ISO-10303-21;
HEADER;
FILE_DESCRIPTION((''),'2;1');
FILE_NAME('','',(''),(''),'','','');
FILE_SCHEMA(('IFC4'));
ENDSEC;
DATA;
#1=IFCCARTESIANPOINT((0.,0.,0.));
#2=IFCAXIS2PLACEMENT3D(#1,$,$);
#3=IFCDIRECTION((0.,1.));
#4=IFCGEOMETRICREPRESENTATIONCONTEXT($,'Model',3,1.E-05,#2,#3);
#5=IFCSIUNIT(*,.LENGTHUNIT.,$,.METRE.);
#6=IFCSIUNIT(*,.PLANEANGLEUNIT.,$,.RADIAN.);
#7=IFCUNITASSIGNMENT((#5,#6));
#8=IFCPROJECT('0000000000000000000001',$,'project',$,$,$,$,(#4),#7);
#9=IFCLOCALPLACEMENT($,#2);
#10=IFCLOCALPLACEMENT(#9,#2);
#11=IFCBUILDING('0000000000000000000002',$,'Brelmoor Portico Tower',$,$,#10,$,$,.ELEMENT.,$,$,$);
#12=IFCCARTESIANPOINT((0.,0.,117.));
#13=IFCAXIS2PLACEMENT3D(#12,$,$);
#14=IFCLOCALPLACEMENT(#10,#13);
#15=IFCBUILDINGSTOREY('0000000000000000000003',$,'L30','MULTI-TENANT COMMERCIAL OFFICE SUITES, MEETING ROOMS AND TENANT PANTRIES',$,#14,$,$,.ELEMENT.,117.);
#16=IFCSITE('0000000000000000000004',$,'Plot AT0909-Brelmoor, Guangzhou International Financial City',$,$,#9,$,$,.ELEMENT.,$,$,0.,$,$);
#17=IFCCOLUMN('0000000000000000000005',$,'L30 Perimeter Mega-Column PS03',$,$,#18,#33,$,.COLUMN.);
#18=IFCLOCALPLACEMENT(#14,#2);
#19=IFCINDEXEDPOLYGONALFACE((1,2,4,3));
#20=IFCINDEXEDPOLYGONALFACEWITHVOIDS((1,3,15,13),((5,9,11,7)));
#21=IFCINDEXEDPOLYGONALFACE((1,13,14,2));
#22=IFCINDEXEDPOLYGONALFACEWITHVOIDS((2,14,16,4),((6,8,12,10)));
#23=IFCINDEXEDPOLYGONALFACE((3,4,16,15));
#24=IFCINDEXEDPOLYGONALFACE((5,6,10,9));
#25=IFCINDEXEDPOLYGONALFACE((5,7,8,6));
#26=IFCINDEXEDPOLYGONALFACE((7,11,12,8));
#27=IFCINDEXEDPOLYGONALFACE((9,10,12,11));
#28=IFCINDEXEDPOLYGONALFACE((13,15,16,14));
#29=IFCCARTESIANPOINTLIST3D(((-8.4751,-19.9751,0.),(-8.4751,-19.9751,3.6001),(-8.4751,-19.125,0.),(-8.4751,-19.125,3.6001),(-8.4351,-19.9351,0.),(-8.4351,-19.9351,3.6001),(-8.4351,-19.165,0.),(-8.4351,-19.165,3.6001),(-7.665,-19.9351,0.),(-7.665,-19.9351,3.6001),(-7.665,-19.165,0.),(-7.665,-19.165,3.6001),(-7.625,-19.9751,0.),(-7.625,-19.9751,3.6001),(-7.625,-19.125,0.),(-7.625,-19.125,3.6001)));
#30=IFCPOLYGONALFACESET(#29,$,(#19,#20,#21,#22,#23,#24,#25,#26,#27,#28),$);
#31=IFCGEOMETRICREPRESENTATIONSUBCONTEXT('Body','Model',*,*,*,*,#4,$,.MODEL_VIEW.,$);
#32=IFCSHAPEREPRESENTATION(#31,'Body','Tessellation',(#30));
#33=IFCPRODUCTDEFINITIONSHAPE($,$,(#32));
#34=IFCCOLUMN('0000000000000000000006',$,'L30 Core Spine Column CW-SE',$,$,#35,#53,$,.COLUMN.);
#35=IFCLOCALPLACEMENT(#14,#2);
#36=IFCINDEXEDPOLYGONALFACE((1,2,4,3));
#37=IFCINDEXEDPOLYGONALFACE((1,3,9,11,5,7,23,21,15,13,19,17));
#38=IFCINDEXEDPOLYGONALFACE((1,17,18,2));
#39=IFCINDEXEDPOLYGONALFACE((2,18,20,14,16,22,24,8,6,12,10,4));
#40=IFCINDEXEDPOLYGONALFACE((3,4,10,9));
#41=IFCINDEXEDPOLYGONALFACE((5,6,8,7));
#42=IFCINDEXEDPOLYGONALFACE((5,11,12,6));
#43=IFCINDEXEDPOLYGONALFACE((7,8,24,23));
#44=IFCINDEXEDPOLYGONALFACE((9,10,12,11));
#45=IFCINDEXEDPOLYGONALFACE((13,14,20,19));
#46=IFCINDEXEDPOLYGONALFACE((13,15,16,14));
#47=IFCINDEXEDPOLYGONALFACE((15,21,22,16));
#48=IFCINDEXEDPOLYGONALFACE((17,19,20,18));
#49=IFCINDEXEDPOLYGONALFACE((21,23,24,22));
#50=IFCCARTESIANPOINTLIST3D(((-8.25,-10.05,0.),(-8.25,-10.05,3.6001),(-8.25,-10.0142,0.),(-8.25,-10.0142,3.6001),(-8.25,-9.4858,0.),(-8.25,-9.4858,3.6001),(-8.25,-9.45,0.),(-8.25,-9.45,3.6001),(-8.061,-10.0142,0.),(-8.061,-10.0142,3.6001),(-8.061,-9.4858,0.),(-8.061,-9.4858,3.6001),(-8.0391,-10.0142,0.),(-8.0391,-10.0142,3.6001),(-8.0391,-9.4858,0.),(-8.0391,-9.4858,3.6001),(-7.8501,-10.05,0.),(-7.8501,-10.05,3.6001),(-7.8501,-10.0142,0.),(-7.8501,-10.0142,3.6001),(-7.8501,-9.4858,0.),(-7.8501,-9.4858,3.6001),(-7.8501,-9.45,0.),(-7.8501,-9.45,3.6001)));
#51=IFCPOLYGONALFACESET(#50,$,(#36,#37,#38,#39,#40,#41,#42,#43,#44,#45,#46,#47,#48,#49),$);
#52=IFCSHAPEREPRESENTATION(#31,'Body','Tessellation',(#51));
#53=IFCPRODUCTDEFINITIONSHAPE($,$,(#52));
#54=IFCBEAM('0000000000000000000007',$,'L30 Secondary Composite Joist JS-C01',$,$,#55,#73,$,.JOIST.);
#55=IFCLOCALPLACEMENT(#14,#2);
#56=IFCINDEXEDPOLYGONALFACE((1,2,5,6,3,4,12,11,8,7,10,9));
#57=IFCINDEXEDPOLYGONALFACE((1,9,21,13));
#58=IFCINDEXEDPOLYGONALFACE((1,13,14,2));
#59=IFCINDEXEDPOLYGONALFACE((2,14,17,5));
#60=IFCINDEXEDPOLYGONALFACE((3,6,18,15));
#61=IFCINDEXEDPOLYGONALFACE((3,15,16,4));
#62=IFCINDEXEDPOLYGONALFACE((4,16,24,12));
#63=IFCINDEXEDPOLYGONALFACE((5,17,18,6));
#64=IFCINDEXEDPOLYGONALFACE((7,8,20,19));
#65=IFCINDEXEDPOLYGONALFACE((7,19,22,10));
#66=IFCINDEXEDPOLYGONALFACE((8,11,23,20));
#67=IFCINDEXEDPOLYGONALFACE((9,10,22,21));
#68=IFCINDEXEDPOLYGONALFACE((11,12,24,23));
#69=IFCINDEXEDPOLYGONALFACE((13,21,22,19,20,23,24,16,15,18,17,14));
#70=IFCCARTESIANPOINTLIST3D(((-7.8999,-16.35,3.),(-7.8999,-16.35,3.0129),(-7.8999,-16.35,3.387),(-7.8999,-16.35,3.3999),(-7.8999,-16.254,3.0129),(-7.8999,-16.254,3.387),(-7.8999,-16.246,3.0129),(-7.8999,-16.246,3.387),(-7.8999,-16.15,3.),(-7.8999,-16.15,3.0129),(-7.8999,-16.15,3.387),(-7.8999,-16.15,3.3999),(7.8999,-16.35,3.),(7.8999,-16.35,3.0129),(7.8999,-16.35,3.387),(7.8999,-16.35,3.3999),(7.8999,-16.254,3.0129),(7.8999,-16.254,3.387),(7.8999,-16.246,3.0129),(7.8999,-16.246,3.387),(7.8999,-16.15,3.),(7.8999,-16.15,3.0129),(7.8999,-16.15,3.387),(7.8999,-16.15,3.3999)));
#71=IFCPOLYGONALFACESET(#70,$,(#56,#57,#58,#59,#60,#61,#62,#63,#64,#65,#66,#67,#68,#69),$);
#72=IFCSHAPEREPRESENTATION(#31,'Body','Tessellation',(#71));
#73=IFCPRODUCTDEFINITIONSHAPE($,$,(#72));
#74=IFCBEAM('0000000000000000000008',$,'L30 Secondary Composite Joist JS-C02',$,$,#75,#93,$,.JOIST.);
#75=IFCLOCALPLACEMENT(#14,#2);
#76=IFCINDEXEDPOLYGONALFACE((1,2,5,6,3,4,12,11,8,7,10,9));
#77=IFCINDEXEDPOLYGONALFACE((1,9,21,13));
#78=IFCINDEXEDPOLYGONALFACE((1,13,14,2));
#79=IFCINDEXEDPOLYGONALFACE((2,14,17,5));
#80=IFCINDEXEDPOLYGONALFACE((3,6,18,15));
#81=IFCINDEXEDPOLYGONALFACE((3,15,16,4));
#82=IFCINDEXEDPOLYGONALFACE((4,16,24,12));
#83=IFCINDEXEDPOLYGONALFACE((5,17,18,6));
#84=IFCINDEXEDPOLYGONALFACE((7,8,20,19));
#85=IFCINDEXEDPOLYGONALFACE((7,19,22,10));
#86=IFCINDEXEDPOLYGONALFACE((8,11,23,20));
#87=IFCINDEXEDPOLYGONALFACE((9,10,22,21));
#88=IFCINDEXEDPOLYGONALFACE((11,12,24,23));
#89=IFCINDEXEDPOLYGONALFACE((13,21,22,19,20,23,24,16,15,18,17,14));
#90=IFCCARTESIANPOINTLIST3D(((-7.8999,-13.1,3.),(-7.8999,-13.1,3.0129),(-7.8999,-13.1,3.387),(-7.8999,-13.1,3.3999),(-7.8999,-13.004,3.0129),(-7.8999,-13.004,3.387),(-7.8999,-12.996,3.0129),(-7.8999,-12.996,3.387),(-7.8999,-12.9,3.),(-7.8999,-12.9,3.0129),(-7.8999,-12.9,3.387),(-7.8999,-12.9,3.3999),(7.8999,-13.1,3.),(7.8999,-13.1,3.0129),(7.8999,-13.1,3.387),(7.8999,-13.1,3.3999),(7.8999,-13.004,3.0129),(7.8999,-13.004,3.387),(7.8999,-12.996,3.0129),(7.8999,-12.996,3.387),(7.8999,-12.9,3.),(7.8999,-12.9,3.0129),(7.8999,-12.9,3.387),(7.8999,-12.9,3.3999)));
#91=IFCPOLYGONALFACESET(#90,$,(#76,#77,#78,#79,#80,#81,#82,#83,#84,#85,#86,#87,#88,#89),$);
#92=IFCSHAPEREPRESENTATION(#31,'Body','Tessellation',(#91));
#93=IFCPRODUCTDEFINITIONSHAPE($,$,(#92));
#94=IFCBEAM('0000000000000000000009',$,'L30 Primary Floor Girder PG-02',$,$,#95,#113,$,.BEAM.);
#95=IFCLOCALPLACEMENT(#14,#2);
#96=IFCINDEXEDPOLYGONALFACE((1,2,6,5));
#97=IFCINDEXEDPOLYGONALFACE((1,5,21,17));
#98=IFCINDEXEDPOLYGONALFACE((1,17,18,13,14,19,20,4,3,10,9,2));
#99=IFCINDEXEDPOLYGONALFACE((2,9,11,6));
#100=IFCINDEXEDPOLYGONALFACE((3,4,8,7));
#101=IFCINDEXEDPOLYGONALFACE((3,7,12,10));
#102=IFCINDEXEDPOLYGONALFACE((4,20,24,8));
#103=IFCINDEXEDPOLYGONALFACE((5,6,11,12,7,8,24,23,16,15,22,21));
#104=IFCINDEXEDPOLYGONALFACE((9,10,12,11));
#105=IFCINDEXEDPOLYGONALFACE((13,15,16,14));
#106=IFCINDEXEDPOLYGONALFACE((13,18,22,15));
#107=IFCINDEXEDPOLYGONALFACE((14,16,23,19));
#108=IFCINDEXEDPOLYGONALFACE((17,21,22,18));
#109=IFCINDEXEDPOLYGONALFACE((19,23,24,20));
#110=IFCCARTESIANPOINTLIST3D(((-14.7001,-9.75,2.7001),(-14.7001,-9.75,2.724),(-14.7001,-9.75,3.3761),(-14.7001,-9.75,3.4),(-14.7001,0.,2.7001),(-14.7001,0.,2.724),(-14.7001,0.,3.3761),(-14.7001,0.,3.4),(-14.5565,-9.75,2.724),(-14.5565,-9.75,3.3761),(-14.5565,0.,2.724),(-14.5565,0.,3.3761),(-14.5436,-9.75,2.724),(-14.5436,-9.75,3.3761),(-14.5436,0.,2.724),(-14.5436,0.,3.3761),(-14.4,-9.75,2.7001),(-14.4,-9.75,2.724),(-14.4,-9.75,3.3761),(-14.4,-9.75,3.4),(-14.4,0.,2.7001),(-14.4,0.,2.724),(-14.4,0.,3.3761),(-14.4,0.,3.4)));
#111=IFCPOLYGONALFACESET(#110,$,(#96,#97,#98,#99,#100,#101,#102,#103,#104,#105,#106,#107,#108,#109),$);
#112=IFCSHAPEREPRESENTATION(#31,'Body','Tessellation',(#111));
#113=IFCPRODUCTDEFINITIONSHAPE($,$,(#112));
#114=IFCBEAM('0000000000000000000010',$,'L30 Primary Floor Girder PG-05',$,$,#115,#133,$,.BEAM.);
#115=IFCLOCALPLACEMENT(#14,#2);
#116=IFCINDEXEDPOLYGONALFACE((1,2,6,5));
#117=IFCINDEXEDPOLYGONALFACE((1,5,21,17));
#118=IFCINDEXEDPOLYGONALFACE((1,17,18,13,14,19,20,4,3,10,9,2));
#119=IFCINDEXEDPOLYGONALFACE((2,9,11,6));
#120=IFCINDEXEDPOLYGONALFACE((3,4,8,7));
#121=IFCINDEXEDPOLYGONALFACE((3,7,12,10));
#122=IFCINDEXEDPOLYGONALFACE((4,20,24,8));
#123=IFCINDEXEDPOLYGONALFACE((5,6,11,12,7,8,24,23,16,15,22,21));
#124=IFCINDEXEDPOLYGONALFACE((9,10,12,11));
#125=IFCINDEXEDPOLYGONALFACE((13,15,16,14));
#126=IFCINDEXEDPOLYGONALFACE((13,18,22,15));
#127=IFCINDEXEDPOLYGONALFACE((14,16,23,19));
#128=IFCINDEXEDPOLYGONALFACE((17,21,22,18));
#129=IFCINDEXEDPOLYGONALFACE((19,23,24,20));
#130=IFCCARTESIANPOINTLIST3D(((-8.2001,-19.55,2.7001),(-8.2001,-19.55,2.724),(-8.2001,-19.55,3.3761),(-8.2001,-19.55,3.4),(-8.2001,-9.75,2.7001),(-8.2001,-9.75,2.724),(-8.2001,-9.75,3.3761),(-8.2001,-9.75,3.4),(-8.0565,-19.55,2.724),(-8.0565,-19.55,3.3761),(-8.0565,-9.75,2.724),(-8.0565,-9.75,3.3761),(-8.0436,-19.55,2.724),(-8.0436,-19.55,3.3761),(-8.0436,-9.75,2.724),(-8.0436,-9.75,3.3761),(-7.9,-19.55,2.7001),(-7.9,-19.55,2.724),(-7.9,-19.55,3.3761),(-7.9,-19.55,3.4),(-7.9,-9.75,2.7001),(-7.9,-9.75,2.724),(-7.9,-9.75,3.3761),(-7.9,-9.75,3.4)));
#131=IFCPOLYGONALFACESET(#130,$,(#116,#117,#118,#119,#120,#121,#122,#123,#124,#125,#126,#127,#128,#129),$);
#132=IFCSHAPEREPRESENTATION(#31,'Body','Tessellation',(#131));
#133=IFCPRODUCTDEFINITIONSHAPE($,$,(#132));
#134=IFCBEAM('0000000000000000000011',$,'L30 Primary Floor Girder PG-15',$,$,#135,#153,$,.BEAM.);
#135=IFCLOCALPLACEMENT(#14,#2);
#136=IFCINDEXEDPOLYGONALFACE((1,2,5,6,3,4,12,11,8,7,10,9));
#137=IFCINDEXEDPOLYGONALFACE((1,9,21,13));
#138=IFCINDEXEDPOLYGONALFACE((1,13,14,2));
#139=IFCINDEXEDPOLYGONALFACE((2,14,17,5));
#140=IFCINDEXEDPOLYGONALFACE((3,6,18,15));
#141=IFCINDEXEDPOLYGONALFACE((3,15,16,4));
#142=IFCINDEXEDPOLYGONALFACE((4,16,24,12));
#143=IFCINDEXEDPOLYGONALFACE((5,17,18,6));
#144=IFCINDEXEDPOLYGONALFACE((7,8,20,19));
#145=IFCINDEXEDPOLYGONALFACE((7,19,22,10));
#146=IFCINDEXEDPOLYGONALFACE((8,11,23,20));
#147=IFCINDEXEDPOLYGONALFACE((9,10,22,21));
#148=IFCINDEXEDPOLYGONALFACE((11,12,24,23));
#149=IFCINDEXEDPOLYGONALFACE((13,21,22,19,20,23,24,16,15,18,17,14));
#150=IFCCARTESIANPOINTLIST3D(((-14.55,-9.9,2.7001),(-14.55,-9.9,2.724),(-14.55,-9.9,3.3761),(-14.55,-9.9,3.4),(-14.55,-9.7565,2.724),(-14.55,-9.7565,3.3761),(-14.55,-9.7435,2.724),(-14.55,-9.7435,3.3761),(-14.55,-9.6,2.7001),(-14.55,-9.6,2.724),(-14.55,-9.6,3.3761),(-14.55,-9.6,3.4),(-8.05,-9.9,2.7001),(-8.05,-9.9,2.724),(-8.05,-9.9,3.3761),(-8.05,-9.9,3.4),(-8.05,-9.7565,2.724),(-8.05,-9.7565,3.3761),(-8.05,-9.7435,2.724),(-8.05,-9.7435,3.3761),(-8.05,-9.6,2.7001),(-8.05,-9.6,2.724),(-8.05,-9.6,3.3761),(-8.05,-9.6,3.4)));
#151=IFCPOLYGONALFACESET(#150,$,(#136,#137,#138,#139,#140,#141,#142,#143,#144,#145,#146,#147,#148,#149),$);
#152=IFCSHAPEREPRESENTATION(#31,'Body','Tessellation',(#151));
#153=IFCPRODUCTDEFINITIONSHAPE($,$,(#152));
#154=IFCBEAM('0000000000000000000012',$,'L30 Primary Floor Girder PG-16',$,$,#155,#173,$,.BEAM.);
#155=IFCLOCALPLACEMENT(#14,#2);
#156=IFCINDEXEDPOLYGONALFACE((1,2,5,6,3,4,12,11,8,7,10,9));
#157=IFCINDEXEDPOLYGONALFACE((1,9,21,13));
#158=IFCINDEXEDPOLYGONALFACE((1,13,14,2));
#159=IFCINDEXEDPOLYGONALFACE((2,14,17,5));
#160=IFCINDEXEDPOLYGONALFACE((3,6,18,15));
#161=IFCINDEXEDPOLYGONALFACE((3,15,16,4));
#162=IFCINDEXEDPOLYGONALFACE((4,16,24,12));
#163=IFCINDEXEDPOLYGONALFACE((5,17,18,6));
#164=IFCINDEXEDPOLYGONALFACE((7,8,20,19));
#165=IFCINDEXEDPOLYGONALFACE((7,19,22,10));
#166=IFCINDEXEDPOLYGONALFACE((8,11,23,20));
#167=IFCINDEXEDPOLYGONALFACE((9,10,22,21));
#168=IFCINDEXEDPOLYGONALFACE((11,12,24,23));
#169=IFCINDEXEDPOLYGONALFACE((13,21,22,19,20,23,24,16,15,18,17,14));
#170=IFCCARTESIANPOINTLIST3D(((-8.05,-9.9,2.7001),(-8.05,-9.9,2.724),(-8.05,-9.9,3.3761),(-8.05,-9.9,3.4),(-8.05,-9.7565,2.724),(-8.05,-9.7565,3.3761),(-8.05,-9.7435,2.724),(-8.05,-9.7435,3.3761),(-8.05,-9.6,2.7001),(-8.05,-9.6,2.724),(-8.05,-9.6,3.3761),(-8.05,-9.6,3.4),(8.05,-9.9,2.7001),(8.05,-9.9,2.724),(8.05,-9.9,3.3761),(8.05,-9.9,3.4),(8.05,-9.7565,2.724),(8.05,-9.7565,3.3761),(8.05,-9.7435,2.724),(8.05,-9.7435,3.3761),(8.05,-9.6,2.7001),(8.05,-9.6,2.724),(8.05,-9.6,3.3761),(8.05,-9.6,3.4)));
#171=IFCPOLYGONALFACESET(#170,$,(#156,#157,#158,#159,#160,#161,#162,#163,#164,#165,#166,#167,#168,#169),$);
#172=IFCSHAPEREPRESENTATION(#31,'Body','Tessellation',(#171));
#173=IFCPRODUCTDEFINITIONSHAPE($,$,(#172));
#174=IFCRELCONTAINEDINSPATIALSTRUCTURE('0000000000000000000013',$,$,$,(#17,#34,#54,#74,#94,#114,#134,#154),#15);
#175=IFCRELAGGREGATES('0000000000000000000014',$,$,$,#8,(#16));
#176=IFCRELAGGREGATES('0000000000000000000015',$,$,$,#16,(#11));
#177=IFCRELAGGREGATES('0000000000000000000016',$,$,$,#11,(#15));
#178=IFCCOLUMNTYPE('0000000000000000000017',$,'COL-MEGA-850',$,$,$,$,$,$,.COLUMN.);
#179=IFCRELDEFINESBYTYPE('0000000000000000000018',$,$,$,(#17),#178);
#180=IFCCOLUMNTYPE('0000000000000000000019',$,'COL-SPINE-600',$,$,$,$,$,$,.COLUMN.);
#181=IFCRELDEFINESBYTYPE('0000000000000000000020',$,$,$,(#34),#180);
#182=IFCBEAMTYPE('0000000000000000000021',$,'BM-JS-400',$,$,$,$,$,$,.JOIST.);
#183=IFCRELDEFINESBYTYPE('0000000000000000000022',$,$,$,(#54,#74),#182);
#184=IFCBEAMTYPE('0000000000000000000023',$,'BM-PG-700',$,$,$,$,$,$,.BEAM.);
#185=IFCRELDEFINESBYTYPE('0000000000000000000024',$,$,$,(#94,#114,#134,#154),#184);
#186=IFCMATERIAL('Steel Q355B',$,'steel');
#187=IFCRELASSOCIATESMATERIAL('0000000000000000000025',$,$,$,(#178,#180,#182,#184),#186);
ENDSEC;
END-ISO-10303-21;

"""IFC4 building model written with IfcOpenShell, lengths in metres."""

from ifc_helpers import new_model, si_unit, direction, frame, origin, origin_2d, place, context, subcontext, project, spatial, hollow_rectangle, i_section, extrude, material, material_profile, profile_set, type_object, element, save


model = new_model("IFC4")

# Units and contexts
model_context = context("Model", 3, precision=1e-05, world=origin(), true_north=direction((0.0, 1.0)))
body_context = subcontext(model_context, "Body", "Model", "MODEL_VIEW")
ifc_project = project(units=[si_unit("LENGTHUNIT", "METRE"), si_unit("PLANEANGLEUNIT", "RADIAN")], contexts=[model_context])

# Site, building, storey
site_placement = place(None, origin())
site = spatial("IfcSite", under=ifc_project, at=site_placement, Name="Plot AT0909-Brelmoor, Guangzhou International Financial City", CompositionType="ELEMENT", RefElevation=0.0)
building_placement = place(site_placement, origin())
building = spatial("IfcBuilding", under=site, at=building_placement, Name="Brelmoor Portico Tower", CompositionType="ELEMENT")
storey_placement = place(building_placement, frame((0.0, 0.0, 117.0)))
storey = spatial("IfcBuildingStorey", under=building, at=storey_placement, Name="L30", Description="MULTI-TENANT COMMERCIAL OFFICE SUITES, MEETING ROOMS AND TENANT PANTRIES", CompositionType="ELEMENT", Elevation=117.0)

# Columns
ifc_material_1 = material(Name="Steel Q355B", Category="steel")
ifc_material_profile_1 = material_profile(ifc_material_1, hollow_rectangle(XDim=0.8501, YDim=0.8501, WallThickness=0.04, at=origin_2d()), Name="BOX 850x850x40")
ifc_profile_set_1 = profile_set([ifc_material_profile_1], Name="Steel Q355B")
column_type_1 = type_object("IfcColumnType", Name="COL-MEGA-850", PredefinedType="COLUMN", material=ifc_profile_set_1)
column_1_placement = place(storey_placement, frame((-8.05, -19.55, 0.0), z_axis=(0.0, 0.0, 1.0), x_axis=(1.0, 0.0, 0.0)))
element("IfcColumn", 1, at=column_1_placement, inside=storey, type_object=column_type_1, Name="L30 Perimeter Mega-Column PS03", PredefinedType="COLUMN", context=body_context, shape_type="SweptSolid", body=[
    extrude(hollow_rectangle(XDim=0.8501, YDim=0.8501, WallThickness=0.04, at=origin_2d()), origin(), (0.0, 0.0, 1.0), 3.6001),
])
ifc_material_profile_2 = material_profile(ifc_material_1, i_section(OverallWidth=0.3999, OverallDepth=0.6001, WebThickness=0.022, FlangeThickness=0.0359, at=origin_2d()), Name="HW 600x400x22x36")
ifc_profile_set_2 = profile_set([ifc_material_profile_2], Name="Steel Q355B")
column_type_2 = type_object("IfcColumnType", Name="COL-SPINE-600", PredefinedType="COLUMN", material=ifc_profile_set_2)
column_2_placement = place(storey_placement, frame((-8.05, -9.75, 0.0), z_axis=(0.0, 0.0, 1.0), x_axis=(1.0, 0.0, 0.0)))
element("IfcColumn", 2, at=column_2_placement, inside=storey, type_object=column_type_2, Name="L30 Core Spine Column CW-SE", PredefinedType="COLUMN", context=body_context, shape_type="SweptSolid", body=[
    extrude(i_section(OverallWidth=0.3999, OverallDepth=0.6001, WebThickness=0.022, FlangeThickness=0.0359, at=origin_2d()), origin(), (0.0, 0.0, 1.0), 3.6001),
])

# Beams
ifc_material_profile_3 = material_profile(ifc_material_1, i_section(OverallWidth=0.2, OverallDepth=0.3999, WebThickness=0.0081, FlangeThickness=0.0129, at=origin_2d()), Name="HN 400x200x8x13")
ifc_profile_set_3 = profile_set([ifc_material_profile_3], Name="Steel Q355B")
beam_type_1 = type_object("IfcBeamType", Name="BM-JS-400", PredefinedType="JOIST", material=ifc_profile_set_3)
for number, where, z_axis, x_axis, name in (
    (3, (-7.8999, -16.25, 3.2), (1.0, 0.0, 0.0), (0.0, 1.0, 0.0), "L30 Secondary Composite Joist JS-C01"),
    (4, (-7.8999, -13.0, 3.2), (1.0, 0.0, 0.0), (0.0, 1.0, 0.0), "L30 Secondary Composite Joist JS-C02"),
):
    element("IfcBeam", number, at=place(storey_placement, frame(where, z_axis=z_axis, x_axis=x_axis)), inside=storey, type_object=beam_type_1, Name=name, PredefinedType="JOIST", context=body_context, shape_type="SweptSolid", body=[
        extrude(i_section(OverallWidth=0.2, OverallDepth=0.3999, WebThickness=0.0081, FlangeThickness=0.0129, at=origin_2d()), origin(), (0.0, 0.0, 1.0), 15.7998),
    ])
ifc_material_profile_4 = material_profile(ifc_material_1, i_section(OverallWidth=0.3, OverallDepth=0.7, WebThickness=0.0129, FlangeThickness=0.0239, at=origin_2d()), Name="HN 700x300x13x24")
ifc_profile_set_4 = profile_set([ifc_material_profile_4], Name="Steel Q355B")
beam_type_2 = type_object("IfcBeamType", Name="BM-PG-700", PredefinedType="BEAM", material=ifc_profile_set_4)
beam_1_placement = place(storey_placement, frame((-14.55, -9.75, 3.05), z_axis=(0.0, 1.0, 0.0), x_axis=(-1.0, 0.0, 0.0)))
element("IfcBeam", 5, at=beam_1_placement, inside=storey, type_object=beam_type_2, Name="L30 Primary Floor Girder PG-02", PredefinedType="BEAM", context=body_context, shape_type="SweptSolid", body=[
    extrude(i_section(OverallWidth=0.3, OverallDepth=0.7, WebThickness=0.0129, FlangeThickness=0.0239, at=origin_2d()), origin(), (0.0, 0.0, 1.0), 9.75),
])
beam_2_placement = place(storey_placement, frame((-8.05, -19.55, 3.05), z_axis=(0.0, 1.0, 0.0), x_axis=(-1.0, 0.0, 0.0)))
element("IfcBeam", 6, at=beam_2_placement, inside=storey, type_object=beam_type_2, Name="L30 Primary Floor Girder PG-05", PredefinedType="BEAM", context=body_context, shape_type="SweptSolid", body=[
    extrude(i_section(OverallWidth=0.3, OverallDepth=0.7, WebThickness=0.0129, FlangeThickness=0.0239, at=origin_2d()), origin(), (0.0, 0.0, 1.0), 9.8),
])
beam_3_placement = place(storey_placement, frame((-14.55, -9.75, 3.05), z_axis=(1.0, 0.0, 0.0), x_axis=(0.0, 1.0, 0.0)))
element("IfcBeam", 7, at=beam_3_placement, inside=storey, type_object=beam_type_2, Name="L30 Primary Floor Girder PG-15", PredefinedType="BEAM", context=body_context, shape_type="SweptSolid", body=[
    extrude(i_section(OverallWidth=0.3, OverallDepth=0.7, WebThickness=0.0129, FlangeThickness=0.0239, at=origin_2d()), origin(), (0.0, 0.0, 1.0), 6.5),
])
beam_4_placement = place(storey_placement, frame((-8.05, -9.75, 3.05), z_axis=(1.0, 0.0, 0.0), x_axis=(0.0, 1.0, 0.0)))
element("IfcBeam", 8, at=beam_4_placement, inside=storey, type_object=beam_type_2, Name="L30 Primary Floor Girder PG-16", PredefinedType="BEAM", context=body_context, shape_type="SweptSolid", body=[
    extrude(i_section(OverallWidth=0.3, OverallDepth=0.7, WebThickness=0.0129, FlangeThickness=0.0239, at=origin_2d()), origin(), (0.0, 0.0, 1.0), 16.1001),
])

save(model, "model.ifc")
